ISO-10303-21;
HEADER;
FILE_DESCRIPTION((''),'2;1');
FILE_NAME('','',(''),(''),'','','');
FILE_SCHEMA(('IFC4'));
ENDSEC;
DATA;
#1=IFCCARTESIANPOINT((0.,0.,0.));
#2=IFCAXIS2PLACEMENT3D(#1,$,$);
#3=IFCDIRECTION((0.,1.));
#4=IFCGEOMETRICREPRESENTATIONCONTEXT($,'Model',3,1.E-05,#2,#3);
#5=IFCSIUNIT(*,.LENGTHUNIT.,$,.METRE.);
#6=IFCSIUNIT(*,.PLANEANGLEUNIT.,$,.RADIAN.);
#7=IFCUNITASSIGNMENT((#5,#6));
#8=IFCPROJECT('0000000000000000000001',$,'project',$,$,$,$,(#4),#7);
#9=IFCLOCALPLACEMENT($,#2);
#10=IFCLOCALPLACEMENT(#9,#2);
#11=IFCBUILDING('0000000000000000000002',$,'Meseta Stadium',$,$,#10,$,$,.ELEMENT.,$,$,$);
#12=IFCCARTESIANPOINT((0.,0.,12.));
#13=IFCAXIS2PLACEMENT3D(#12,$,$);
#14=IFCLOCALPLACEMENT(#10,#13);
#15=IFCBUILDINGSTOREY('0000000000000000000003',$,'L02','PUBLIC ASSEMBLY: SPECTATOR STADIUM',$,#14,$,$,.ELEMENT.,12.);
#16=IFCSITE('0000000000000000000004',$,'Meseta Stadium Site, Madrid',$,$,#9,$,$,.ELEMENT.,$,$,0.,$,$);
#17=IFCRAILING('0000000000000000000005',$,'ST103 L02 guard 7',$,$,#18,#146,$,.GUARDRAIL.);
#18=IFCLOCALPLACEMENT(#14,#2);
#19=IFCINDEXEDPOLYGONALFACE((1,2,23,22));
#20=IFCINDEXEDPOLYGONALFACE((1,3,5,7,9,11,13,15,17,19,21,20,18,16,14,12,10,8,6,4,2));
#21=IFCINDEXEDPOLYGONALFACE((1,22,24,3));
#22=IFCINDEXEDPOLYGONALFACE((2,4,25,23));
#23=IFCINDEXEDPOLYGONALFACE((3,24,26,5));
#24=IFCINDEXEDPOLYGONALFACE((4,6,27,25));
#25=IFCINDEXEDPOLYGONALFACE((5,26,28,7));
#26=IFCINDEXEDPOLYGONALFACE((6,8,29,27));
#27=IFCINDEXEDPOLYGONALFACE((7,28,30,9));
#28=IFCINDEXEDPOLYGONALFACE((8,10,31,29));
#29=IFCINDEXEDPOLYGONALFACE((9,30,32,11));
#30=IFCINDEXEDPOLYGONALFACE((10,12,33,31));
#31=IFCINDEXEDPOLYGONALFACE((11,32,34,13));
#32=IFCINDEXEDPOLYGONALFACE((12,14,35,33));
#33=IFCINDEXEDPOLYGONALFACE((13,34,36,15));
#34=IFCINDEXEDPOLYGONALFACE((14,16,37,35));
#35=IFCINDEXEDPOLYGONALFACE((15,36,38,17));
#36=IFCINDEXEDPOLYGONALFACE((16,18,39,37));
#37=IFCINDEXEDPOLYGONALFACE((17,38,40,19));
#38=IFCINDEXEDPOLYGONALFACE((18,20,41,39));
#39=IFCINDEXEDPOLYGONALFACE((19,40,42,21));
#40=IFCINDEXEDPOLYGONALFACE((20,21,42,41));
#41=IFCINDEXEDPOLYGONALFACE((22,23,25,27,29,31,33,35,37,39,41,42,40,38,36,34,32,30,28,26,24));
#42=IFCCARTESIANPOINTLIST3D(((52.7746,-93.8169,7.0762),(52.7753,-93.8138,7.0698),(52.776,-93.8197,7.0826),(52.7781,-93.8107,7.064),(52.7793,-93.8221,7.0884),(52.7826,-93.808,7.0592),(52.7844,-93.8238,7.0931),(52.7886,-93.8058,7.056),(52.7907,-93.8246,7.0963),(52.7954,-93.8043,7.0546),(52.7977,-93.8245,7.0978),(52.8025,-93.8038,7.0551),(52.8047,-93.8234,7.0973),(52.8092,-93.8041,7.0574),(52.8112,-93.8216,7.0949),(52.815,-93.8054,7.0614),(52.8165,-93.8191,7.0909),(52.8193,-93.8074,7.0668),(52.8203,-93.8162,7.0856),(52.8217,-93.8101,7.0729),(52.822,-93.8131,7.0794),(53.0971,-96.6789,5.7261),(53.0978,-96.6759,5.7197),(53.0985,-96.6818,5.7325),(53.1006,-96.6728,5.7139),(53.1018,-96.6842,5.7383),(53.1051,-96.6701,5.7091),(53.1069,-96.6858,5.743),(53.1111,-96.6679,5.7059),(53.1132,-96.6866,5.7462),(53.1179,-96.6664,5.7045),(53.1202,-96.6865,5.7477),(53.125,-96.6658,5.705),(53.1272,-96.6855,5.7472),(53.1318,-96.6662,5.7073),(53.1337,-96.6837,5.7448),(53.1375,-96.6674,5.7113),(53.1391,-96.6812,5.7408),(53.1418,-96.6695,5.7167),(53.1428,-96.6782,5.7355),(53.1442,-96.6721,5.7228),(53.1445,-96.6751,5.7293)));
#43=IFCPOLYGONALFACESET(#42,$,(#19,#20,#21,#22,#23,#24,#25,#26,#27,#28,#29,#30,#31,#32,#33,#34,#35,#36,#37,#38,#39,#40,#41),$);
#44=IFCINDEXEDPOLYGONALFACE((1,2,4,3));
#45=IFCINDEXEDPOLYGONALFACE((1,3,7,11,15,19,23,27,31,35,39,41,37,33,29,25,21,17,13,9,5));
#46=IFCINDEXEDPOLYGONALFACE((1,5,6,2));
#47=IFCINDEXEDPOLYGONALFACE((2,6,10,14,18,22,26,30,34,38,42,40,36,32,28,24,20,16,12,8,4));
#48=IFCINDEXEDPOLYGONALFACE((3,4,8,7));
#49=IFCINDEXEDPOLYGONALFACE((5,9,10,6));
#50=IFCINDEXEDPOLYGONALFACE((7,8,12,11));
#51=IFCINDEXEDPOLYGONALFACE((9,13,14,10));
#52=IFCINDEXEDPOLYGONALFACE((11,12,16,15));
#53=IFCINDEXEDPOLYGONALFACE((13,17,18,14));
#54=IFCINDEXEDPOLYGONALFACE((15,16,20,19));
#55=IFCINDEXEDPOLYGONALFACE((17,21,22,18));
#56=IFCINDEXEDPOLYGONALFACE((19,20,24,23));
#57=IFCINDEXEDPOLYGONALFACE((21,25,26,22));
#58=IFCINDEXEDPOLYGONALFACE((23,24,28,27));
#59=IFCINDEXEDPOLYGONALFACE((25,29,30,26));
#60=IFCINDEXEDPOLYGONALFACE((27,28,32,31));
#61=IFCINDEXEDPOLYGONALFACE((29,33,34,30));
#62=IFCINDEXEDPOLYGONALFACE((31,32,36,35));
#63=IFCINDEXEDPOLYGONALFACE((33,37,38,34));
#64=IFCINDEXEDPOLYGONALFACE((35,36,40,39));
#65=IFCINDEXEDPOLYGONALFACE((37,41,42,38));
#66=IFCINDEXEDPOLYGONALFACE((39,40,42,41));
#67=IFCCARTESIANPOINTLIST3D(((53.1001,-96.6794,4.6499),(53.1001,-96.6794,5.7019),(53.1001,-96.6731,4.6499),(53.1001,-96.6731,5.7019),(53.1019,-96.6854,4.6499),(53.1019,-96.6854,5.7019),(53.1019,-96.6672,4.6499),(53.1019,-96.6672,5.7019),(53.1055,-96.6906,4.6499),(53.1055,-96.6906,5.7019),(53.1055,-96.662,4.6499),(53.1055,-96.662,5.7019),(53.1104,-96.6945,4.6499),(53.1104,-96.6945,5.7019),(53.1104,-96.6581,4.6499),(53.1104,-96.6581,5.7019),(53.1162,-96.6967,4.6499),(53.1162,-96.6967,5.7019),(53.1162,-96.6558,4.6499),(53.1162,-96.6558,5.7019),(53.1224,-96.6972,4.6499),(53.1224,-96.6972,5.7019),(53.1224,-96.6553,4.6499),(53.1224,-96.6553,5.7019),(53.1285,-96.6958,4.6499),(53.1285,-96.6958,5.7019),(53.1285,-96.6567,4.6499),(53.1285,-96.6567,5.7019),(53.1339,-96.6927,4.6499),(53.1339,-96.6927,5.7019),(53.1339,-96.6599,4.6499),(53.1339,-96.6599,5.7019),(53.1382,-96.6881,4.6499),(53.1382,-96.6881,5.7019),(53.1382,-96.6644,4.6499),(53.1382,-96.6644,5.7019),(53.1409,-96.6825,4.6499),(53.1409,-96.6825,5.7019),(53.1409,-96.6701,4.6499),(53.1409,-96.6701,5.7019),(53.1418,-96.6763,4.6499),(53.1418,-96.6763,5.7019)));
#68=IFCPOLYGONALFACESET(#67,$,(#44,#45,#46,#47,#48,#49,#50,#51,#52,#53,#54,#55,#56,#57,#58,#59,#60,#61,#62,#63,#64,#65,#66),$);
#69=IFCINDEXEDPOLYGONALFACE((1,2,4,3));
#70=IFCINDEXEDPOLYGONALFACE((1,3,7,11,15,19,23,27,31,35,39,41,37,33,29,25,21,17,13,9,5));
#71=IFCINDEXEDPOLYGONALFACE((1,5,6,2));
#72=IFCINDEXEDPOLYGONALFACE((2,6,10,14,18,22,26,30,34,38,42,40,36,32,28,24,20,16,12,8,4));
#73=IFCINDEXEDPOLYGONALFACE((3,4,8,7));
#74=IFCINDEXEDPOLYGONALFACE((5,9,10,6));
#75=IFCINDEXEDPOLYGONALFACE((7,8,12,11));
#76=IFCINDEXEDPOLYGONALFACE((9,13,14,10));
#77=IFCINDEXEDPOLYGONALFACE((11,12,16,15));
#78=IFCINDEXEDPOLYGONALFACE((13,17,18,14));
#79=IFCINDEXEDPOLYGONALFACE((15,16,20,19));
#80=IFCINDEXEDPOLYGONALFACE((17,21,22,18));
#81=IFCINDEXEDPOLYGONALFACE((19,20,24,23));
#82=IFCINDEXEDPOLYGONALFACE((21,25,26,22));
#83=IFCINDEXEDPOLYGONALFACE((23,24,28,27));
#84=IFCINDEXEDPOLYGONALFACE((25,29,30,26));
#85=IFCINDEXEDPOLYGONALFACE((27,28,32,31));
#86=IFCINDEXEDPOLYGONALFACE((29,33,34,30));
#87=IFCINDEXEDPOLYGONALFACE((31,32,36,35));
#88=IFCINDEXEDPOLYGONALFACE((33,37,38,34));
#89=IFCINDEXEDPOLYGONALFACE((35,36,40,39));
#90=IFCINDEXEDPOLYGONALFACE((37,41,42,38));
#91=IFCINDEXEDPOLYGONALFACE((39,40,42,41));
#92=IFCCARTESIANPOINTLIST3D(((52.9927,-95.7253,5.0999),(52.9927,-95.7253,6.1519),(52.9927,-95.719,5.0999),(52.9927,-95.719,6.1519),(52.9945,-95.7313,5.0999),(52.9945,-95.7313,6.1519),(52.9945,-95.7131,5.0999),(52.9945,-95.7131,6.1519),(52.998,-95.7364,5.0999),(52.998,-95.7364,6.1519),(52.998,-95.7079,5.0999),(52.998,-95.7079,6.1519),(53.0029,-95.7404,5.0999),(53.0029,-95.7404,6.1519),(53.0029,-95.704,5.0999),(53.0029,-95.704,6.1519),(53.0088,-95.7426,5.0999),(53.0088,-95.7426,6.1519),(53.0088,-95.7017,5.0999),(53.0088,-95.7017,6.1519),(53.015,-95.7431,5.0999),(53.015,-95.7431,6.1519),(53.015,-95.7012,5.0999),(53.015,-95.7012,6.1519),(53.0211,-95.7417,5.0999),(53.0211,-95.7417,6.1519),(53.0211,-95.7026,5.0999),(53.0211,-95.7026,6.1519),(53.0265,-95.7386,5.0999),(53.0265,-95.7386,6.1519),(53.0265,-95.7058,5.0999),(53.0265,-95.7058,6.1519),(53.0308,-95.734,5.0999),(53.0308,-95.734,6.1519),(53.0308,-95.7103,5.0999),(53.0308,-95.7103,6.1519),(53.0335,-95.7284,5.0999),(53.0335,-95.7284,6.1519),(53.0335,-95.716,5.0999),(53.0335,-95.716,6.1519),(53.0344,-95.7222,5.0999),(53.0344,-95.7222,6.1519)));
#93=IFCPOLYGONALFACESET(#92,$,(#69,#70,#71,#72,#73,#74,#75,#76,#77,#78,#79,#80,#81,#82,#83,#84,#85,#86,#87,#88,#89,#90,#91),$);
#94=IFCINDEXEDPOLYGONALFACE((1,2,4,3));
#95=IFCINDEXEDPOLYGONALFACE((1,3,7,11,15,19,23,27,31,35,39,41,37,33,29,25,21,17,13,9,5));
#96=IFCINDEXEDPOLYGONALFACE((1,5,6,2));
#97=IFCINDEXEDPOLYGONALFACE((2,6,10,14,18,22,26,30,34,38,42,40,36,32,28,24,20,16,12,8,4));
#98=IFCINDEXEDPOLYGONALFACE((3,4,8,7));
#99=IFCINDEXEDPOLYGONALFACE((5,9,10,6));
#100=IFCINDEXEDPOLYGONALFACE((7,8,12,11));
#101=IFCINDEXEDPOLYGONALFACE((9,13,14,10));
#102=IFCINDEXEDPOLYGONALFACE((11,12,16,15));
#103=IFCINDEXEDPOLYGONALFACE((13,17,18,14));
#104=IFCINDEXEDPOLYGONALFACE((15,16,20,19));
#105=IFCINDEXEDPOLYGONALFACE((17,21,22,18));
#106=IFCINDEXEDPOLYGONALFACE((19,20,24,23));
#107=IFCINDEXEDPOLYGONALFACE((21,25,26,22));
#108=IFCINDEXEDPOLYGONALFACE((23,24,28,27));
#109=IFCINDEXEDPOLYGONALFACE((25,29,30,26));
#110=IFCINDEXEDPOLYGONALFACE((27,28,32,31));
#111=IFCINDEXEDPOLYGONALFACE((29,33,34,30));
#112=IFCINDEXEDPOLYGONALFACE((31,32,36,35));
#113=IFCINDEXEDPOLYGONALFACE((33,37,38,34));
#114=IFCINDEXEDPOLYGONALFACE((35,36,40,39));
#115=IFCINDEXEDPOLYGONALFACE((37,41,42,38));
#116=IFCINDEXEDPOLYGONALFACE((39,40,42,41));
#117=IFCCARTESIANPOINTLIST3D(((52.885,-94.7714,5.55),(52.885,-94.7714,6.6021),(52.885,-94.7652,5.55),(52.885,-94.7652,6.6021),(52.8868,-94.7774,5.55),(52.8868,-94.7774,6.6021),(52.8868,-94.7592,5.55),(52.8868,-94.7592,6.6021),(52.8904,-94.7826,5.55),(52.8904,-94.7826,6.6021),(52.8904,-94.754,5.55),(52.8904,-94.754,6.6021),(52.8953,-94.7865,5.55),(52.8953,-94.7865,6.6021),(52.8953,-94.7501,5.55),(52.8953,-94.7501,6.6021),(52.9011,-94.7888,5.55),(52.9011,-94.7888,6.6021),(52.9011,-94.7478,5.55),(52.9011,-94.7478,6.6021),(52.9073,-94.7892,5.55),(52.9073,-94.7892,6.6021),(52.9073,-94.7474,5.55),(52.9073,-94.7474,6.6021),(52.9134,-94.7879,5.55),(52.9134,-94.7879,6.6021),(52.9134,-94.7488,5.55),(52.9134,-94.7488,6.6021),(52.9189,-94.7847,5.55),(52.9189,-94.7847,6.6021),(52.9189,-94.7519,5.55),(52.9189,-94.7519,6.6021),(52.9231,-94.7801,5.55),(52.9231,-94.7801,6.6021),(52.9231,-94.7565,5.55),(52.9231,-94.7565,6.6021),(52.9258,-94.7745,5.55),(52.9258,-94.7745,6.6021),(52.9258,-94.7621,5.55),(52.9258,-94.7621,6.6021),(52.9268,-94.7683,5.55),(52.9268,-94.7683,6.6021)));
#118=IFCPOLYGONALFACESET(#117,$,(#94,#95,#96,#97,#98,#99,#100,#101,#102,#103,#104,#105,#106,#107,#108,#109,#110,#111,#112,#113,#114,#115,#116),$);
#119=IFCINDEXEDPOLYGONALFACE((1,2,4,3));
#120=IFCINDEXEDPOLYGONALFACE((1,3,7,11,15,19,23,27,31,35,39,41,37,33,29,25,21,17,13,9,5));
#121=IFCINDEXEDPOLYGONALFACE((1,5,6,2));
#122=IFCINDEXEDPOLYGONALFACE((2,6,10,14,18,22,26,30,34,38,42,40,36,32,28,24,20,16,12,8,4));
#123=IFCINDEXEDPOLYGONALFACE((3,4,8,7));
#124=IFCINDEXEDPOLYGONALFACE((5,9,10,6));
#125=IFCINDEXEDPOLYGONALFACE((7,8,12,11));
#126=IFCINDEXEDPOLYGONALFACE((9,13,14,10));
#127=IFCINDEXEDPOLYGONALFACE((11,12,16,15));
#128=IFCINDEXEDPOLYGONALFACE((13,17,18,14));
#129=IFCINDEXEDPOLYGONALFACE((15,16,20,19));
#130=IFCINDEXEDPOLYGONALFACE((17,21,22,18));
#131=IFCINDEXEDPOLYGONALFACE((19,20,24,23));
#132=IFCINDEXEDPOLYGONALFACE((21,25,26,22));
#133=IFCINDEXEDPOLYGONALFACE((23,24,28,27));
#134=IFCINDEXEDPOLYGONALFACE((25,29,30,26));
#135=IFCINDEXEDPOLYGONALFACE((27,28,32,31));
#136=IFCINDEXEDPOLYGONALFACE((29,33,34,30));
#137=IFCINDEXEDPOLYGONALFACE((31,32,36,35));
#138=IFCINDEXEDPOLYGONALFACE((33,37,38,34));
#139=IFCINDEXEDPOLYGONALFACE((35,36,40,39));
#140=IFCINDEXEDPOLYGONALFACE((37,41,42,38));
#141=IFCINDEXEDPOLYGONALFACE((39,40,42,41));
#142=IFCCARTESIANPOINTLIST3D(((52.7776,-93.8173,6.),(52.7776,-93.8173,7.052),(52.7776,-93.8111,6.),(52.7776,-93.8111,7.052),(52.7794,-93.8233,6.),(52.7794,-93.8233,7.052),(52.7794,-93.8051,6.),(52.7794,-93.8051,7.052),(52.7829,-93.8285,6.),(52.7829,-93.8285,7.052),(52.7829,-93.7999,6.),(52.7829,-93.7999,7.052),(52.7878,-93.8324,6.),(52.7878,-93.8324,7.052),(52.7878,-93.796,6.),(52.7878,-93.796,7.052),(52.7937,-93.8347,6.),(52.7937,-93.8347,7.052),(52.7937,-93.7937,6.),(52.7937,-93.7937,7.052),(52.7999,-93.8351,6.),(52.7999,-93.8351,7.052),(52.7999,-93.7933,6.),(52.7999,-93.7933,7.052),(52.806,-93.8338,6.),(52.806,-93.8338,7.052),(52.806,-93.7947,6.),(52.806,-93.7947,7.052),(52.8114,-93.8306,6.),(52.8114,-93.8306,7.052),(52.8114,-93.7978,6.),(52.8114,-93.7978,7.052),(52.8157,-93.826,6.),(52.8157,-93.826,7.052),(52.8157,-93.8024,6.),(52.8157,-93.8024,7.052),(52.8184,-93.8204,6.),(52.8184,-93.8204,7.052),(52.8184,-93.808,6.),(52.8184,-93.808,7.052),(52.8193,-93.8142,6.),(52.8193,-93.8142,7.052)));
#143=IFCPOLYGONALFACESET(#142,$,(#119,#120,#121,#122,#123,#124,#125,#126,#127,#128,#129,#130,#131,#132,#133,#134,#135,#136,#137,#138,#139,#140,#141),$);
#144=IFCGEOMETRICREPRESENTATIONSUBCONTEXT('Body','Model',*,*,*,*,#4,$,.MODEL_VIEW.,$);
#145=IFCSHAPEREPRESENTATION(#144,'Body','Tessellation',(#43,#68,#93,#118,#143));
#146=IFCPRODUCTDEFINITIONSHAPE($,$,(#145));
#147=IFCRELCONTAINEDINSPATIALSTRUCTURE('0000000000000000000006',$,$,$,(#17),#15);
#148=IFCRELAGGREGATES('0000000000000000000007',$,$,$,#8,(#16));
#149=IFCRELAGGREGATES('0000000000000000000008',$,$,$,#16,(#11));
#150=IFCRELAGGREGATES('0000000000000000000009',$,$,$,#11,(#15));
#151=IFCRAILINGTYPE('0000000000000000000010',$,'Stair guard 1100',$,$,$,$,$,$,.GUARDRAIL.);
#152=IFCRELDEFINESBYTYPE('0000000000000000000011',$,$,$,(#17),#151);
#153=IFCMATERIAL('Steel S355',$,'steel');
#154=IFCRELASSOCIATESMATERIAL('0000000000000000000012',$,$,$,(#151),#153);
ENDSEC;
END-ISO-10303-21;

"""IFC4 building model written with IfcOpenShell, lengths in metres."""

from ifc_helpers import new_model, si_unit, direction, frame, origin, origin_2d, place, context, subcontext, project, spatial, circle, extrude, material, type_object, element, save


model = new_model("IFC4")

# Units and contexts
model_context = context("Model", 3, precision=1e-05, world=origin(), true_north=direction((0.0, 1.0)))
body_context = subcontext(model_context, "Body", "Model", "MODEL_VIEW")
ifc_project = project(units=[si_unit("LENGTHUNIT", "METRE"), si_unit("PLANEANGLEUNIT", "RADIAN")], contexts=[model_context])

# Site, building, storey
site_placement = place(None, origin())
site = spatial("IfcSite", under=ifc_project, at=site_placement, Name="Meseta Stadium Site, Madrid", CompositionType="ELEMENT", RefElevation=0.0)
building_placement = place(site_placement, origin())
building = spatial("IfcBuilding", under=site, at=building_placement, Name="Meseta Stadium", CompositionType="ELEMENT")
storey_placement = place(building_placement, frame((0.0, 0.0, 12.0)))
storey = spatial("IfcBuildingStorey", under=building, at=storey_placement, Name="L02", Description="PUBLIC ASSEMBLY: SPECTATOR STADIUM", CompositionType="ELEMENT", Elevation=12.0)

# Railing
ifc_material_1 = material(Name="Steel S355", Category="steel")
railing_type_1 = type_object("IfcRailingType", Name="Stair guard 1100", PredefinedType="GUARDRAIL", material=ifc_material_1)
railing_1_placement = place(storey_placement, frame((53.1208, -96.6763, 4.6499)))
element("IfcRailing", 1, at=railing_1_placement, inside=storey, type_object=railing_type_1, Name="ST103 L02 guard 7", PredefinedType="GUARDRAIL", context=body_context, shape_type="SweptSolid", body=[
    extrude(circle(Radius=0.0239, at=origin_2d()), frame((0.0, 0.0, 1.0762), z_axis=(-0.101389, 0.899763, 0.424438), x_axis=(-0.993711, -0.111976, 0.0)), (0.0, 0.0, 1.0), 3.1809),
    extrude(circle(Radius=0.021, at=origin_2d()), origin(), (0.0, 0.0, 1.0), 1.052),
    extrude(circle(Radius=0.021, at=origin_2d()), frame((-0.1074, 0.9541, 0.45)), (0.0, 0.0, 1.0), 1.052),
    extrude(circle(Radius=0.021, at=origin_2d()), frame((-0.2151, 1.908, 0.9001)), (0.0, 0.0, 1.0), 1.052),
    extrude(circle(Radius=0.021, at=origin_2d()), frame((-0.3225, 2.8621, 1.3501)), (0.0, 0.0, 1.0), 1.052),
])

save(model, "model.ifc")
